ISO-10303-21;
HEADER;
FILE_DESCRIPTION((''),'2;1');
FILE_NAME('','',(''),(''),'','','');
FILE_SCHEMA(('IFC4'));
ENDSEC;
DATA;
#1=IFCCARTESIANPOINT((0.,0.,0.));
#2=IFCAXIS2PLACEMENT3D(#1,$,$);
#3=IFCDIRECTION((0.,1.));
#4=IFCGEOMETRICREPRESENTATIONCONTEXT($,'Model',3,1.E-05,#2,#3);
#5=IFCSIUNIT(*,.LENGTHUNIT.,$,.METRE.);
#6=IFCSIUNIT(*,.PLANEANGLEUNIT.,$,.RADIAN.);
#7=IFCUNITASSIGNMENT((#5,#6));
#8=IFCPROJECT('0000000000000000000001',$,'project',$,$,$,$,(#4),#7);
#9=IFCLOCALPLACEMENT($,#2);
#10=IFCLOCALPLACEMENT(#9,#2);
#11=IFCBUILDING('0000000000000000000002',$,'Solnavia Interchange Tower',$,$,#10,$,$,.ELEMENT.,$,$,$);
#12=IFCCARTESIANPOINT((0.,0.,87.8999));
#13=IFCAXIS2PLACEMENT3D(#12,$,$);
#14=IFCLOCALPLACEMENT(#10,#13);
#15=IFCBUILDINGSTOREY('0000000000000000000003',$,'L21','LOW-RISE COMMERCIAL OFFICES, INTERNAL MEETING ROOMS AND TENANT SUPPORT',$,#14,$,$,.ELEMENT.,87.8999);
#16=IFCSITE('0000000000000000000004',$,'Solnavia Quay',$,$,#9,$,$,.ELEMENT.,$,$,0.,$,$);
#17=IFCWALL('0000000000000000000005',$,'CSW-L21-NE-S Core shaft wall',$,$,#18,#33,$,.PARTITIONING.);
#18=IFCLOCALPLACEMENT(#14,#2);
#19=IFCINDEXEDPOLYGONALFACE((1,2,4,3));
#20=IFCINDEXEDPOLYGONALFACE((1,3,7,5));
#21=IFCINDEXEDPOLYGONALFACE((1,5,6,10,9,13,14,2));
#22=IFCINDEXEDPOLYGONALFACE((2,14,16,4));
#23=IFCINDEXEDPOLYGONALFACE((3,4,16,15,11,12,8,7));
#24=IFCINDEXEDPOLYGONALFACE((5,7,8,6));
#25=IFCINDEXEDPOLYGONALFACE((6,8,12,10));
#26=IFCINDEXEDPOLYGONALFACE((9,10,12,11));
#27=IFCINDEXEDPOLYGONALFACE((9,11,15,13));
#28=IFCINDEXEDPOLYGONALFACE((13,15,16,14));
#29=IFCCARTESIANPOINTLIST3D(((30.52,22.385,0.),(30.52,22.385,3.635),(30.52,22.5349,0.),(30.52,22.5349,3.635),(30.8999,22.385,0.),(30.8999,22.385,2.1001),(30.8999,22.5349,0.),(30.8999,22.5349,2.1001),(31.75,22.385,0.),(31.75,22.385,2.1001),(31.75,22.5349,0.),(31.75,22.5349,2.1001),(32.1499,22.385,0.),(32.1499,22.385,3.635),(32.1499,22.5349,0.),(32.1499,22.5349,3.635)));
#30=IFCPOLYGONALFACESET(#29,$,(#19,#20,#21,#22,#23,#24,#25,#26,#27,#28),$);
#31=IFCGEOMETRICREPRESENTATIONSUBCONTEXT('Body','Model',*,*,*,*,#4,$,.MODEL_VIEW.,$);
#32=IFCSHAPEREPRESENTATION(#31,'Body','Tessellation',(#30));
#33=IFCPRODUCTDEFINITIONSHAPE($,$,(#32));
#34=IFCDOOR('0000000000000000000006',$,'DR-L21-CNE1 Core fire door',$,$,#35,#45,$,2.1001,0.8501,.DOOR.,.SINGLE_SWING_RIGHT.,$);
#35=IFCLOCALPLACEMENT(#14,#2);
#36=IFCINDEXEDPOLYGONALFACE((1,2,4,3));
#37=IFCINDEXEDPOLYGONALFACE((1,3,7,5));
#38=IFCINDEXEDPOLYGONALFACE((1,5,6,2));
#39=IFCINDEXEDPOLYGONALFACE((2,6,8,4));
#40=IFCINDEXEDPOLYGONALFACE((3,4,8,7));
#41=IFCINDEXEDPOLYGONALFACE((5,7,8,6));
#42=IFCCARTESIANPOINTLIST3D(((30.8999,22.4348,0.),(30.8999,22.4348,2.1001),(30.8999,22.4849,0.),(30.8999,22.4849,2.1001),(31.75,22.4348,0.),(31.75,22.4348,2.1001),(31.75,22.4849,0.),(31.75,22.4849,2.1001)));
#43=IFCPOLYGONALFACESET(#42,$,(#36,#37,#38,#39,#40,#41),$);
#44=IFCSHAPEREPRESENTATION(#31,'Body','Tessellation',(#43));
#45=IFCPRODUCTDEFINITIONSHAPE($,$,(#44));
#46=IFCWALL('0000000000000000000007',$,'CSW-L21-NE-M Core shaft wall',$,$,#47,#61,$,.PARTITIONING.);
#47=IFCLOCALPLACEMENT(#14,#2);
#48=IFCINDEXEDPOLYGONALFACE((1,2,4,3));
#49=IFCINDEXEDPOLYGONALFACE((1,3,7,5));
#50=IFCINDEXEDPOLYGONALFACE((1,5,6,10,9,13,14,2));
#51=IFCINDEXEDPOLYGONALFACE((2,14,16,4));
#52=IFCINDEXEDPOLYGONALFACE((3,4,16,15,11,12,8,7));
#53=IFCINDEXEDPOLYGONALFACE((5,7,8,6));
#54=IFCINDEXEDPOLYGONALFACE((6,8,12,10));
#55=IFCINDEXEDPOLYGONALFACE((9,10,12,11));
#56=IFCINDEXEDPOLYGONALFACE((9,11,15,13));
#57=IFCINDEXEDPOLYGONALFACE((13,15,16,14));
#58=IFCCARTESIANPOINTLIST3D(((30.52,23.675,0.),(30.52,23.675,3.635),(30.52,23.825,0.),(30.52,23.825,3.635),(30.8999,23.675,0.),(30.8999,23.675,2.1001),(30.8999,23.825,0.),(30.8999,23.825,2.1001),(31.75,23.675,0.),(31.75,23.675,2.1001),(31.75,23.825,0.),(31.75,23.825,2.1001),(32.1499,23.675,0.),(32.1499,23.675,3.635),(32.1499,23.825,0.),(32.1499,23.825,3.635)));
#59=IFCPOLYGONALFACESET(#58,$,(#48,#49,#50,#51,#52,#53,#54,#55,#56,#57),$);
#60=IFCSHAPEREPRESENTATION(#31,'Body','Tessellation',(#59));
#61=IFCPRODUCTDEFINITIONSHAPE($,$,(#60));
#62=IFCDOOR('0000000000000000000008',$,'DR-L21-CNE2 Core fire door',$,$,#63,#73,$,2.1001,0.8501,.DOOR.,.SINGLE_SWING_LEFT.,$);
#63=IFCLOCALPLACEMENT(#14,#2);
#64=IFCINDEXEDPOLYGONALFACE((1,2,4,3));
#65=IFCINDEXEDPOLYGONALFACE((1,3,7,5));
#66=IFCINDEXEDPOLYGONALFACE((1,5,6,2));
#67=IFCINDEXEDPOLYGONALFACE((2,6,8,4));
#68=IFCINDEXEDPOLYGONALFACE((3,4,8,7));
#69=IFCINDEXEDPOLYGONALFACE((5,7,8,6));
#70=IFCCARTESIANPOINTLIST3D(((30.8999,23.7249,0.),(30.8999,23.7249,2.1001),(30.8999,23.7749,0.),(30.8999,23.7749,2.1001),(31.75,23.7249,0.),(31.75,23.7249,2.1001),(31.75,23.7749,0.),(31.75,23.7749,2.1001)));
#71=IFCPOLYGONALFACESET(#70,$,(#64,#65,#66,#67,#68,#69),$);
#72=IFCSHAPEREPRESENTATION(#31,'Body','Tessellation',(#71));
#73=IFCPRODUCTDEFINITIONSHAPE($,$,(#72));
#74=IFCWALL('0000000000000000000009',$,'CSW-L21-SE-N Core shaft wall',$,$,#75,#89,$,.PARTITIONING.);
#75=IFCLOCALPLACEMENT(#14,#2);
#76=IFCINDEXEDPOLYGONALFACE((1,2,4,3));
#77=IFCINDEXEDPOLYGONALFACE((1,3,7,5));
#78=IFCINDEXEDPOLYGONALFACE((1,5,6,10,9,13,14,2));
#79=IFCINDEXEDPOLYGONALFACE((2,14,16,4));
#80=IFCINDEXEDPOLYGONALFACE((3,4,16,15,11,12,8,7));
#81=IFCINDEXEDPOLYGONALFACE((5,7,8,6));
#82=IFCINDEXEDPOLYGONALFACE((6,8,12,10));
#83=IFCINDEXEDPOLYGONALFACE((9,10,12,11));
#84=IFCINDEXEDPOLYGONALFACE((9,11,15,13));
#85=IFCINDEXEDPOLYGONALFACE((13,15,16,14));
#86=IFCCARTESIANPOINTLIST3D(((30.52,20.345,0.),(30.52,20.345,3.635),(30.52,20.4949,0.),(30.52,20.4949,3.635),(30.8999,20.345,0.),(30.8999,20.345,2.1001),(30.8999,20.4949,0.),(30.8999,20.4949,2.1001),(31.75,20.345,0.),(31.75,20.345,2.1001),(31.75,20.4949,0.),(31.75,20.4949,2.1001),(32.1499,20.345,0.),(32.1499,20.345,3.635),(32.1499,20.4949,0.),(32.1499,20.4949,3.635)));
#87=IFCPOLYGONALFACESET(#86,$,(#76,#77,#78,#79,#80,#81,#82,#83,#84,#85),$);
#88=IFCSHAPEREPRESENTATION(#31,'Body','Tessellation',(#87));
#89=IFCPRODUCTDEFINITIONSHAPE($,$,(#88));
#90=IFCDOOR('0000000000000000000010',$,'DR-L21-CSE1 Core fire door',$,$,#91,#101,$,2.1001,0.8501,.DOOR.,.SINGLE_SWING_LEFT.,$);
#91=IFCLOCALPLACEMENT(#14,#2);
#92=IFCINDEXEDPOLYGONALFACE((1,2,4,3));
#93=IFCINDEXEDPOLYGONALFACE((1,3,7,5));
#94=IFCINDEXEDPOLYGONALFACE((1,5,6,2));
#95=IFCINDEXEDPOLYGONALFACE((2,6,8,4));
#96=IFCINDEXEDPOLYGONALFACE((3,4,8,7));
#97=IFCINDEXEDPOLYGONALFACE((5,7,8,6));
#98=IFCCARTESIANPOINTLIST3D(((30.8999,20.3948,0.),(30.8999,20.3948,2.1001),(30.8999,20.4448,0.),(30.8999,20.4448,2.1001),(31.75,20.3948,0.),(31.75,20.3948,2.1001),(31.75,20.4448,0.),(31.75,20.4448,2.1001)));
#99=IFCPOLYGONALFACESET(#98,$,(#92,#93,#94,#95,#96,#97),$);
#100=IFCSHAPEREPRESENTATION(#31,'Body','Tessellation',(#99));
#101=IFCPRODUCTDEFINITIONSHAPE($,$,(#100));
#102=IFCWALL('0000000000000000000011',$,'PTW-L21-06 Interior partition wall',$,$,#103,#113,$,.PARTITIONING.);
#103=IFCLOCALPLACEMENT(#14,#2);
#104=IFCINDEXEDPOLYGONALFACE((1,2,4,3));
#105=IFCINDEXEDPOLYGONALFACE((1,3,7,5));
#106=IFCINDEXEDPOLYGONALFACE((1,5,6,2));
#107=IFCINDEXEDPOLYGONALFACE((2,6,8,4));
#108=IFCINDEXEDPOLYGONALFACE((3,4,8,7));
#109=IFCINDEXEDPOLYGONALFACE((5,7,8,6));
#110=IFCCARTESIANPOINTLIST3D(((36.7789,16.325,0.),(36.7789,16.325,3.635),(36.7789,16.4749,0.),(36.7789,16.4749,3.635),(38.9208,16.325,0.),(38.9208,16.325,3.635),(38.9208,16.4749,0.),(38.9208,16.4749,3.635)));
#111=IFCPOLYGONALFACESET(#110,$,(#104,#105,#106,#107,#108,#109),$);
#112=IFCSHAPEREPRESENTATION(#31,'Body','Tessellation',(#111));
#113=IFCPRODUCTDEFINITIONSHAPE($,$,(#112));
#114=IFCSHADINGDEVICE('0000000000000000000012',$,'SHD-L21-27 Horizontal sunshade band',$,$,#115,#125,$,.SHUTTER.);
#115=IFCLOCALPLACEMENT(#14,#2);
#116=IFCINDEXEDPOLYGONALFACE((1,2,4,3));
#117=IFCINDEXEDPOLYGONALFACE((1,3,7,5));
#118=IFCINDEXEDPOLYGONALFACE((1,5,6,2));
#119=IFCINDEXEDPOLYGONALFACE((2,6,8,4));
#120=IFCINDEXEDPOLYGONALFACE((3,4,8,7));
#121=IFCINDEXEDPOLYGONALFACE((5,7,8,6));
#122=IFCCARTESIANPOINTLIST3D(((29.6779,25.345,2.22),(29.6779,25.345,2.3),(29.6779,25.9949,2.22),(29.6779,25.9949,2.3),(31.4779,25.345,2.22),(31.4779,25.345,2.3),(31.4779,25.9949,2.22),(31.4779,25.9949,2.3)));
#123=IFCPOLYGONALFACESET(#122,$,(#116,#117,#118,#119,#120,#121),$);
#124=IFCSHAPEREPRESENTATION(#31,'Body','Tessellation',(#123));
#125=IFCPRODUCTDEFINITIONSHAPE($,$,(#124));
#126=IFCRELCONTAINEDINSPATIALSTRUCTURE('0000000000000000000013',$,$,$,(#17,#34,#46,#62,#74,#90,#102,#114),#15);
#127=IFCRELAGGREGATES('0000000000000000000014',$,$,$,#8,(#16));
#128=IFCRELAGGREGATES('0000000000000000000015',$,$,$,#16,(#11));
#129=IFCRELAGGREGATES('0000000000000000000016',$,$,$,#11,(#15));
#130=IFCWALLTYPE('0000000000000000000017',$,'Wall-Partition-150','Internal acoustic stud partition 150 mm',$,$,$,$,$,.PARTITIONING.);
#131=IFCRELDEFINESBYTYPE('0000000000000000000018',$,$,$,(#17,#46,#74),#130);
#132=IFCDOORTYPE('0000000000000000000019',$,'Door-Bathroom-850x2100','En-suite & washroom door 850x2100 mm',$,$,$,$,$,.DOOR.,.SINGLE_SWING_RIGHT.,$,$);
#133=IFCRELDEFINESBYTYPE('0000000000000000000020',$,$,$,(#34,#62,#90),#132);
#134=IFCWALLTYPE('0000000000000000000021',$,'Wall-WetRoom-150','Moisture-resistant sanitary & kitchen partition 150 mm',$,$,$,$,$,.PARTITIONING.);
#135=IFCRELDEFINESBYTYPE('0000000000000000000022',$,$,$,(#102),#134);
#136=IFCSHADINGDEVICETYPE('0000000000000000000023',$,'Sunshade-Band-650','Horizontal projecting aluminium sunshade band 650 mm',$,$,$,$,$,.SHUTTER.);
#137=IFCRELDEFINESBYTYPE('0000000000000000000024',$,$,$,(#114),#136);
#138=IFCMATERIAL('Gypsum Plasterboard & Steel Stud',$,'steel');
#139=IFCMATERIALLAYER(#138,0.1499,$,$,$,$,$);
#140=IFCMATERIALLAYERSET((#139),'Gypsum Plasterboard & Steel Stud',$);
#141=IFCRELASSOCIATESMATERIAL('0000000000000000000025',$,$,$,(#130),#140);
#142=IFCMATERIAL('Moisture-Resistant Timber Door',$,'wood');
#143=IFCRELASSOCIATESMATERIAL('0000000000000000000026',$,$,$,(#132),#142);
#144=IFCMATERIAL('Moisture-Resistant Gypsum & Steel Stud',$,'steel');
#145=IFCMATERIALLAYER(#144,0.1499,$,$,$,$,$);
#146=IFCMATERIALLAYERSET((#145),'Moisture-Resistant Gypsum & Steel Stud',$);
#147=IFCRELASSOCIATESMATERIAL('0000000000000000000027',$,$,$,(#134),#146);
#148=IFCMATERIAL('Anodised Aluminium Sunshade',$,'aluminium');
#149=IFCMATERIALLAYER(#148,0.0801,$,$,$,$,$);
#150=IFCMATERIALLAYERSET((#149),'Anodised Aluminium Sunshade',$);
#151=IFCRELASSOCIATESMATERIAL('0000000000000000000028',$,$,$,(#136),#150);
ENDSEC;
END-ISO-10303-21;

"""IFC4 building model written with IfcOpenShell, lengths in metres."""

from ifc_helpers import new_model, si_unit, direction, frame, frame_2d, origin, origin_2d, place, context, subcontext, project, spatial, rectangle, extrude, material, layer, layer_set, type_object, element, fill, save


model = new_model("IFC4")

# Units and contexts
model_context = context("Model", 3, precision=1e-05, world=origin(), true_north=direction((0.0, 1.0)))
body_context = subcontext(model_context, "Body", "Model", "MODEL_VIEW")
ifc_project = project(units=[si_unit("LENGTHUNIT", "METRE"), si_unit("PLANEANGLEUNIT", "RADIAN")], contexts=[model_context])

# Site, building, storey
site_placement = place(None, origin())
site = spatial("IfcSite", under=ifc_project, at=site_placement, Name="Solnavia Quay", CompositionType="ELEMENT", RefElevation=0.0)
building_placement = place(site_placement, origin())
building = spatial("IfcBuilding", under=site, at=building_placement, Name="Solnavia Interchange Tower", CompositionType="ELEMENT")
storey_placement = place(building_placement, frame((0.0, 0.0, 87.8999)))
storey = spatial("IfcBuildingStorey", under=building, at=storey_placement, Name="L21", Description="LOW-RISE COMMERCIAL OFFICES, INTERNAL MEETING ROOMS AND TENANT SUPPORT", CompositionType="ELEMENT", Elevation=87.8999)

# Walls, openings, doors
ifc_material_1 = material(Name="Gypsum Plasterboard & Steel Stud", Category="steel")
ifc_layer_1 = layer(ifc_material_1, 0.1499)
ifc_layer_set_1 = layer_set([ifc_layer_1], Name="Gypsum Plasterboard & Steel Stud")
wall_type_1 = type_object("IfcWallType", Name="Wall-Partition-150", Description="Internal acoustic stud partition 150 mm", PredefinedType="PARTITIONING", material=ifc_layer_set_1)
wall_1_placement = place(storey_placement, frame((30.52, 22.46, 0.0), z_axis=(0.0, 0.0, 1.0), x_axis=(1.0, 0.0, 0.0)))
wall_1 = element("IfcWall", 1, at=wall_1_placement, inside=storey, type_object=wall_type_1, Name="CSW-L21-NE-S Core shaft wall", PredefinedType="PARTITIONING", context=body_context, shape_type="SweptSolid", body=[
    extrude(rectangle(XDim=1.6299, YDim=0.1499, at=frame_2d((0.8149, 0.0))), origin(), (0.0, 0.0, 1.0), 3.635),
])
opening_1_placement = place(wall_1_placement, frame((0.3799, 0.0, 0.0)))
opening_1 = element("IfcOpeningElement", 2, at=opening_1_placement, cuts=wall_1, PredefinedType="OPENING", context=body_context, shape_type="SweptSolid", body=[
    extrude(rectangle(XDim=0.8501, YDim=2.1001, at=frame_2d((0.425, 1.05))), frame((0.0, 0.085, 0.0), z_axis=(0.0, -1.0, 0.0), x_axis=(1.0, 0.0, 0.0)), (0.0, 0.0, 1.0), 0.1699),
])
ifc_material_2 = material(Name="Moisture-Resistant Timber Door", Category="wood")
door_type = type_object("IfcDoorType", Name="Door-Bathroom-850x2100", Description="En-suite & washroom door 850x2100 mm", OperationType="SINGLE_SWING_RIGHT", PredefinedType="DOOR", material=ifc_material_2)
door_1_placement = place(opening_1_placement, origin())
door_1 = element("IfcDoor", 3, at=door_1_placement, inside=storey, type_object=door_type, Name="DR-L21-CNE1 Core fire door", OperationType="SINGLE_SWING_RIGHT", OverallHeight=2.1001, OverallWidth=0.8501, PredefinedType="DOOR", context=body_context, shape_type="SweptSolid", body=[
    extrude(rectangle(XDim=0.8501, YDim=2.1001, at=frame_2d((0.425, 1.05))), frame((0.0, 0.0249, 0.0), z_axis=(0.0, -1.0, 0.0), x_axis=(1.0, 0.0, 0.0)), (0.0, 0.0, 1.0), 0.05),
])
fill(opening_1, door_1)
wall_2_placement = place(storey_placement, frame((30.52, 23.75, 0.0), z_axis=(0.0, 0.0, 1.0), x_axis=(1.0, 0.0, 0.0)))
wall_2 = element("IfcWall", 4, at=wall_2_placement, inside=storey, type_object=wall_type_1, Name="CSW-L21-NE-M Core shaft wall", PredefinedType="PARTITIONING", context=body_context, shape_type="SweptSolid", body=[
    extrude(rectangle(XDim=1.6299, YDim=0.1499, at=frame_2d((0.8149, 0.0))), origin(), (0.0, 0.0, 1.0), 3.635),
])
opening_2_placement = place(wall_2_placement, frame((0.3799, 0.0, 0.0)))
opening_2 = element("IfcOpeningElement", 5, at=opening_2_placement, cuts=wall_2, PredefinedType="OPENING", context=body_context, shape_type="SweptSolid", body=[
    extrude(rectangle(XDim=0.8501, YDim=2.1001, at=frame_2d((0.425, 1.05))), frame((0.0, 0.085, 0.0), z_axis=(0.0, -1.0, 0.0), x_axis=(1.0, 0.0, 0.0)), (0.0, 0.0, 1.0), 0.1699),
])
door_2_placement = place(opening_2_placement, origin())
door_2 = element("IfcDoor", 6, at=door_2_placement, inside=storey, type_object=door_type, Name="DR-L21-CNE2 Core fire door", OperationType="SINGLE_SWING_LEFT", OverallHeight=2.1001, OverallWidth=0.8501, PredefinedType="DOOR", context=body_context, shape_type="SweptSolid", body=[
    extrude(rectangle(XDim=0.8501, YDim=2.1001, at=frame_2d((0.425, 1.05))), frame((0.0, 0.0249, 0.0), z_axis=(0.0, -1.0, 0.0), x_axis=(1.0, 0.0, 0.0)), (0.0, 0.0, 1.0), 0.05),
])
fill(opening_2, door_2)
wall_3_placement = place(storey_placement, frame((30.52, 20.4199, 0.0), z_axis=(0.0, 0.0, 1.0), x_axis=(1.0, 0.0, 0.0)))
wall_3 = element("IfcWall", 7, at=wall_3_placement, inside=storey, type_object=wall_type_1, Name="CSW-L21-SE-N Core shaft wall", PredefinedType="PARTITIONING", context=body_context, shape_type="SweptSolid", body=[
    extrude(rectangle(XDim=1.6299, YDim=0.1499, at=frame_2d((0.8149, 0.0))), origin(), (0.0, 0.0, 1.0), 3.635),
])
opening_3_placement = place(wall_3_placement, frame((0.3799, 0.0, 0.0)))
opening_3 = element("IfcOpeningElement", 8, at=opening_3_placement, cuts=wall_3, PredefinedType="OPENING", context=body_context, shape_type="SweptSolid", body=[
    extrude(rectangle(XDim=0.8501, YDim=2.1001, at=frame_2d((0.425, 1.05))), frame((0.0, 0.085, 0.0), z_axis=(0.0, -1.0, 0.0), x_axis=(1.0, 0.0, 0.0)), (0.0, 0.0, 1.0), 0.1699),
])
door_3_placement = place(opening_3_placement, origin())
door_3 = element("IfcDoor", 9, at=door_3_placement, inside=storey, type_object=door_type, Name="DR-L21-CSE1 Core fire door", OperationType="SINGLE_SWING_LEFT", OverallHeight=2.1001, OverallWidth=0.8501, PredefinedType="DOOR", context=body_context, shape_type="SweptSolid", body=[
    extrude(rectangle(XDim=0.8501, YDim=2.1001, at=frame_2d((0.425, 1.05))), frame((0.0, 0.0249, 0.0), z_axis=(0.0, -1.0, 0.0), x_axis=(1.0, 0.0, 0.0)), (0.0, 0.0, 1.0), 0.05),
])
fill(opening_3, door_3)

# Wall
ifc_material_3 = material(Name="Moisture-Resistant Gypsum & Steel Stud", Category="steel")
ifc_layer_2 = layer(ifc_material_3, 0.1499)
ifc_layer_set_2 = layer_set([ifc_layer_2], Name="Moisture-Resistant Gypsum & Steel Stud")
wall_type_2 = type_object("IfcWallType", Name="Wall-WetRoom-150", Description="Moisture-resistant sanitary & kitchen partition 150 mm", PredefinedType="PARTITIONING", material=ifc_layer_set_2)
wall_4_placement = place(storey_placement, frame((36.7791, 16.3999, 0.0), z_axis=(0.0, 0.0, 1.0), x_axis=(1.0, 0.0, 0.0)))
element("IfcWall", 10, at=wall_4_placement, inside=storey, type_object=wall_type_2, Name="PTW-L21-06 Interior partition wall", PredefinedType="PARTITIONING", context=body_context, shape_type="SweptSolid", body=[
    extrude(rectangle(XDim=2.1418, YDim=0.1499, at=frame_2d((1.0708, 0.0))), origin(), (0.0, 0.0, 1.0), 3.635),
])

# Shading device
ifc_material_4 = material(Name="Anodised Aluminium Sunshade", Category="aluminium")
ifc_layer_3 = layer(ifc_material_4, 0.0801)
ifc_layer_set_3 = layer_set([ifc_layer_3], Name="Anodised Aluminium Sunshade")
shading_device_type = type_object("IfcShadingDeviceType", Name="Sunshade-Band-650", Description="Horizontal projecting aluminium sunshade band 650 mm", PredefinedType="SHUTTER", material=ifc_layer_set_3)
shading_device_placement = place(storey_placement, frame((30.5779, 25.6699, 2.22), z_axis=(0.0, 0.0, 1.0), x_axis=(1.0, 0.0, 0.0)))
element("IfcShadingDevice", 11, at=shading_device_placement, inside=storey, type_object=shading_device_type, Name="SHD-L21-27 Horizontal sunshade band", PredefinedType="SHUTTER", context=body_context, shape_type="SweptSolid", body=[
    extrude(rectangle(XDim=1.8, YDim=0.6499, at=origin_2d()), origin(), (0.0, 0.0, 1.0), 0.0801),
])

save(model, "model.ifc")
